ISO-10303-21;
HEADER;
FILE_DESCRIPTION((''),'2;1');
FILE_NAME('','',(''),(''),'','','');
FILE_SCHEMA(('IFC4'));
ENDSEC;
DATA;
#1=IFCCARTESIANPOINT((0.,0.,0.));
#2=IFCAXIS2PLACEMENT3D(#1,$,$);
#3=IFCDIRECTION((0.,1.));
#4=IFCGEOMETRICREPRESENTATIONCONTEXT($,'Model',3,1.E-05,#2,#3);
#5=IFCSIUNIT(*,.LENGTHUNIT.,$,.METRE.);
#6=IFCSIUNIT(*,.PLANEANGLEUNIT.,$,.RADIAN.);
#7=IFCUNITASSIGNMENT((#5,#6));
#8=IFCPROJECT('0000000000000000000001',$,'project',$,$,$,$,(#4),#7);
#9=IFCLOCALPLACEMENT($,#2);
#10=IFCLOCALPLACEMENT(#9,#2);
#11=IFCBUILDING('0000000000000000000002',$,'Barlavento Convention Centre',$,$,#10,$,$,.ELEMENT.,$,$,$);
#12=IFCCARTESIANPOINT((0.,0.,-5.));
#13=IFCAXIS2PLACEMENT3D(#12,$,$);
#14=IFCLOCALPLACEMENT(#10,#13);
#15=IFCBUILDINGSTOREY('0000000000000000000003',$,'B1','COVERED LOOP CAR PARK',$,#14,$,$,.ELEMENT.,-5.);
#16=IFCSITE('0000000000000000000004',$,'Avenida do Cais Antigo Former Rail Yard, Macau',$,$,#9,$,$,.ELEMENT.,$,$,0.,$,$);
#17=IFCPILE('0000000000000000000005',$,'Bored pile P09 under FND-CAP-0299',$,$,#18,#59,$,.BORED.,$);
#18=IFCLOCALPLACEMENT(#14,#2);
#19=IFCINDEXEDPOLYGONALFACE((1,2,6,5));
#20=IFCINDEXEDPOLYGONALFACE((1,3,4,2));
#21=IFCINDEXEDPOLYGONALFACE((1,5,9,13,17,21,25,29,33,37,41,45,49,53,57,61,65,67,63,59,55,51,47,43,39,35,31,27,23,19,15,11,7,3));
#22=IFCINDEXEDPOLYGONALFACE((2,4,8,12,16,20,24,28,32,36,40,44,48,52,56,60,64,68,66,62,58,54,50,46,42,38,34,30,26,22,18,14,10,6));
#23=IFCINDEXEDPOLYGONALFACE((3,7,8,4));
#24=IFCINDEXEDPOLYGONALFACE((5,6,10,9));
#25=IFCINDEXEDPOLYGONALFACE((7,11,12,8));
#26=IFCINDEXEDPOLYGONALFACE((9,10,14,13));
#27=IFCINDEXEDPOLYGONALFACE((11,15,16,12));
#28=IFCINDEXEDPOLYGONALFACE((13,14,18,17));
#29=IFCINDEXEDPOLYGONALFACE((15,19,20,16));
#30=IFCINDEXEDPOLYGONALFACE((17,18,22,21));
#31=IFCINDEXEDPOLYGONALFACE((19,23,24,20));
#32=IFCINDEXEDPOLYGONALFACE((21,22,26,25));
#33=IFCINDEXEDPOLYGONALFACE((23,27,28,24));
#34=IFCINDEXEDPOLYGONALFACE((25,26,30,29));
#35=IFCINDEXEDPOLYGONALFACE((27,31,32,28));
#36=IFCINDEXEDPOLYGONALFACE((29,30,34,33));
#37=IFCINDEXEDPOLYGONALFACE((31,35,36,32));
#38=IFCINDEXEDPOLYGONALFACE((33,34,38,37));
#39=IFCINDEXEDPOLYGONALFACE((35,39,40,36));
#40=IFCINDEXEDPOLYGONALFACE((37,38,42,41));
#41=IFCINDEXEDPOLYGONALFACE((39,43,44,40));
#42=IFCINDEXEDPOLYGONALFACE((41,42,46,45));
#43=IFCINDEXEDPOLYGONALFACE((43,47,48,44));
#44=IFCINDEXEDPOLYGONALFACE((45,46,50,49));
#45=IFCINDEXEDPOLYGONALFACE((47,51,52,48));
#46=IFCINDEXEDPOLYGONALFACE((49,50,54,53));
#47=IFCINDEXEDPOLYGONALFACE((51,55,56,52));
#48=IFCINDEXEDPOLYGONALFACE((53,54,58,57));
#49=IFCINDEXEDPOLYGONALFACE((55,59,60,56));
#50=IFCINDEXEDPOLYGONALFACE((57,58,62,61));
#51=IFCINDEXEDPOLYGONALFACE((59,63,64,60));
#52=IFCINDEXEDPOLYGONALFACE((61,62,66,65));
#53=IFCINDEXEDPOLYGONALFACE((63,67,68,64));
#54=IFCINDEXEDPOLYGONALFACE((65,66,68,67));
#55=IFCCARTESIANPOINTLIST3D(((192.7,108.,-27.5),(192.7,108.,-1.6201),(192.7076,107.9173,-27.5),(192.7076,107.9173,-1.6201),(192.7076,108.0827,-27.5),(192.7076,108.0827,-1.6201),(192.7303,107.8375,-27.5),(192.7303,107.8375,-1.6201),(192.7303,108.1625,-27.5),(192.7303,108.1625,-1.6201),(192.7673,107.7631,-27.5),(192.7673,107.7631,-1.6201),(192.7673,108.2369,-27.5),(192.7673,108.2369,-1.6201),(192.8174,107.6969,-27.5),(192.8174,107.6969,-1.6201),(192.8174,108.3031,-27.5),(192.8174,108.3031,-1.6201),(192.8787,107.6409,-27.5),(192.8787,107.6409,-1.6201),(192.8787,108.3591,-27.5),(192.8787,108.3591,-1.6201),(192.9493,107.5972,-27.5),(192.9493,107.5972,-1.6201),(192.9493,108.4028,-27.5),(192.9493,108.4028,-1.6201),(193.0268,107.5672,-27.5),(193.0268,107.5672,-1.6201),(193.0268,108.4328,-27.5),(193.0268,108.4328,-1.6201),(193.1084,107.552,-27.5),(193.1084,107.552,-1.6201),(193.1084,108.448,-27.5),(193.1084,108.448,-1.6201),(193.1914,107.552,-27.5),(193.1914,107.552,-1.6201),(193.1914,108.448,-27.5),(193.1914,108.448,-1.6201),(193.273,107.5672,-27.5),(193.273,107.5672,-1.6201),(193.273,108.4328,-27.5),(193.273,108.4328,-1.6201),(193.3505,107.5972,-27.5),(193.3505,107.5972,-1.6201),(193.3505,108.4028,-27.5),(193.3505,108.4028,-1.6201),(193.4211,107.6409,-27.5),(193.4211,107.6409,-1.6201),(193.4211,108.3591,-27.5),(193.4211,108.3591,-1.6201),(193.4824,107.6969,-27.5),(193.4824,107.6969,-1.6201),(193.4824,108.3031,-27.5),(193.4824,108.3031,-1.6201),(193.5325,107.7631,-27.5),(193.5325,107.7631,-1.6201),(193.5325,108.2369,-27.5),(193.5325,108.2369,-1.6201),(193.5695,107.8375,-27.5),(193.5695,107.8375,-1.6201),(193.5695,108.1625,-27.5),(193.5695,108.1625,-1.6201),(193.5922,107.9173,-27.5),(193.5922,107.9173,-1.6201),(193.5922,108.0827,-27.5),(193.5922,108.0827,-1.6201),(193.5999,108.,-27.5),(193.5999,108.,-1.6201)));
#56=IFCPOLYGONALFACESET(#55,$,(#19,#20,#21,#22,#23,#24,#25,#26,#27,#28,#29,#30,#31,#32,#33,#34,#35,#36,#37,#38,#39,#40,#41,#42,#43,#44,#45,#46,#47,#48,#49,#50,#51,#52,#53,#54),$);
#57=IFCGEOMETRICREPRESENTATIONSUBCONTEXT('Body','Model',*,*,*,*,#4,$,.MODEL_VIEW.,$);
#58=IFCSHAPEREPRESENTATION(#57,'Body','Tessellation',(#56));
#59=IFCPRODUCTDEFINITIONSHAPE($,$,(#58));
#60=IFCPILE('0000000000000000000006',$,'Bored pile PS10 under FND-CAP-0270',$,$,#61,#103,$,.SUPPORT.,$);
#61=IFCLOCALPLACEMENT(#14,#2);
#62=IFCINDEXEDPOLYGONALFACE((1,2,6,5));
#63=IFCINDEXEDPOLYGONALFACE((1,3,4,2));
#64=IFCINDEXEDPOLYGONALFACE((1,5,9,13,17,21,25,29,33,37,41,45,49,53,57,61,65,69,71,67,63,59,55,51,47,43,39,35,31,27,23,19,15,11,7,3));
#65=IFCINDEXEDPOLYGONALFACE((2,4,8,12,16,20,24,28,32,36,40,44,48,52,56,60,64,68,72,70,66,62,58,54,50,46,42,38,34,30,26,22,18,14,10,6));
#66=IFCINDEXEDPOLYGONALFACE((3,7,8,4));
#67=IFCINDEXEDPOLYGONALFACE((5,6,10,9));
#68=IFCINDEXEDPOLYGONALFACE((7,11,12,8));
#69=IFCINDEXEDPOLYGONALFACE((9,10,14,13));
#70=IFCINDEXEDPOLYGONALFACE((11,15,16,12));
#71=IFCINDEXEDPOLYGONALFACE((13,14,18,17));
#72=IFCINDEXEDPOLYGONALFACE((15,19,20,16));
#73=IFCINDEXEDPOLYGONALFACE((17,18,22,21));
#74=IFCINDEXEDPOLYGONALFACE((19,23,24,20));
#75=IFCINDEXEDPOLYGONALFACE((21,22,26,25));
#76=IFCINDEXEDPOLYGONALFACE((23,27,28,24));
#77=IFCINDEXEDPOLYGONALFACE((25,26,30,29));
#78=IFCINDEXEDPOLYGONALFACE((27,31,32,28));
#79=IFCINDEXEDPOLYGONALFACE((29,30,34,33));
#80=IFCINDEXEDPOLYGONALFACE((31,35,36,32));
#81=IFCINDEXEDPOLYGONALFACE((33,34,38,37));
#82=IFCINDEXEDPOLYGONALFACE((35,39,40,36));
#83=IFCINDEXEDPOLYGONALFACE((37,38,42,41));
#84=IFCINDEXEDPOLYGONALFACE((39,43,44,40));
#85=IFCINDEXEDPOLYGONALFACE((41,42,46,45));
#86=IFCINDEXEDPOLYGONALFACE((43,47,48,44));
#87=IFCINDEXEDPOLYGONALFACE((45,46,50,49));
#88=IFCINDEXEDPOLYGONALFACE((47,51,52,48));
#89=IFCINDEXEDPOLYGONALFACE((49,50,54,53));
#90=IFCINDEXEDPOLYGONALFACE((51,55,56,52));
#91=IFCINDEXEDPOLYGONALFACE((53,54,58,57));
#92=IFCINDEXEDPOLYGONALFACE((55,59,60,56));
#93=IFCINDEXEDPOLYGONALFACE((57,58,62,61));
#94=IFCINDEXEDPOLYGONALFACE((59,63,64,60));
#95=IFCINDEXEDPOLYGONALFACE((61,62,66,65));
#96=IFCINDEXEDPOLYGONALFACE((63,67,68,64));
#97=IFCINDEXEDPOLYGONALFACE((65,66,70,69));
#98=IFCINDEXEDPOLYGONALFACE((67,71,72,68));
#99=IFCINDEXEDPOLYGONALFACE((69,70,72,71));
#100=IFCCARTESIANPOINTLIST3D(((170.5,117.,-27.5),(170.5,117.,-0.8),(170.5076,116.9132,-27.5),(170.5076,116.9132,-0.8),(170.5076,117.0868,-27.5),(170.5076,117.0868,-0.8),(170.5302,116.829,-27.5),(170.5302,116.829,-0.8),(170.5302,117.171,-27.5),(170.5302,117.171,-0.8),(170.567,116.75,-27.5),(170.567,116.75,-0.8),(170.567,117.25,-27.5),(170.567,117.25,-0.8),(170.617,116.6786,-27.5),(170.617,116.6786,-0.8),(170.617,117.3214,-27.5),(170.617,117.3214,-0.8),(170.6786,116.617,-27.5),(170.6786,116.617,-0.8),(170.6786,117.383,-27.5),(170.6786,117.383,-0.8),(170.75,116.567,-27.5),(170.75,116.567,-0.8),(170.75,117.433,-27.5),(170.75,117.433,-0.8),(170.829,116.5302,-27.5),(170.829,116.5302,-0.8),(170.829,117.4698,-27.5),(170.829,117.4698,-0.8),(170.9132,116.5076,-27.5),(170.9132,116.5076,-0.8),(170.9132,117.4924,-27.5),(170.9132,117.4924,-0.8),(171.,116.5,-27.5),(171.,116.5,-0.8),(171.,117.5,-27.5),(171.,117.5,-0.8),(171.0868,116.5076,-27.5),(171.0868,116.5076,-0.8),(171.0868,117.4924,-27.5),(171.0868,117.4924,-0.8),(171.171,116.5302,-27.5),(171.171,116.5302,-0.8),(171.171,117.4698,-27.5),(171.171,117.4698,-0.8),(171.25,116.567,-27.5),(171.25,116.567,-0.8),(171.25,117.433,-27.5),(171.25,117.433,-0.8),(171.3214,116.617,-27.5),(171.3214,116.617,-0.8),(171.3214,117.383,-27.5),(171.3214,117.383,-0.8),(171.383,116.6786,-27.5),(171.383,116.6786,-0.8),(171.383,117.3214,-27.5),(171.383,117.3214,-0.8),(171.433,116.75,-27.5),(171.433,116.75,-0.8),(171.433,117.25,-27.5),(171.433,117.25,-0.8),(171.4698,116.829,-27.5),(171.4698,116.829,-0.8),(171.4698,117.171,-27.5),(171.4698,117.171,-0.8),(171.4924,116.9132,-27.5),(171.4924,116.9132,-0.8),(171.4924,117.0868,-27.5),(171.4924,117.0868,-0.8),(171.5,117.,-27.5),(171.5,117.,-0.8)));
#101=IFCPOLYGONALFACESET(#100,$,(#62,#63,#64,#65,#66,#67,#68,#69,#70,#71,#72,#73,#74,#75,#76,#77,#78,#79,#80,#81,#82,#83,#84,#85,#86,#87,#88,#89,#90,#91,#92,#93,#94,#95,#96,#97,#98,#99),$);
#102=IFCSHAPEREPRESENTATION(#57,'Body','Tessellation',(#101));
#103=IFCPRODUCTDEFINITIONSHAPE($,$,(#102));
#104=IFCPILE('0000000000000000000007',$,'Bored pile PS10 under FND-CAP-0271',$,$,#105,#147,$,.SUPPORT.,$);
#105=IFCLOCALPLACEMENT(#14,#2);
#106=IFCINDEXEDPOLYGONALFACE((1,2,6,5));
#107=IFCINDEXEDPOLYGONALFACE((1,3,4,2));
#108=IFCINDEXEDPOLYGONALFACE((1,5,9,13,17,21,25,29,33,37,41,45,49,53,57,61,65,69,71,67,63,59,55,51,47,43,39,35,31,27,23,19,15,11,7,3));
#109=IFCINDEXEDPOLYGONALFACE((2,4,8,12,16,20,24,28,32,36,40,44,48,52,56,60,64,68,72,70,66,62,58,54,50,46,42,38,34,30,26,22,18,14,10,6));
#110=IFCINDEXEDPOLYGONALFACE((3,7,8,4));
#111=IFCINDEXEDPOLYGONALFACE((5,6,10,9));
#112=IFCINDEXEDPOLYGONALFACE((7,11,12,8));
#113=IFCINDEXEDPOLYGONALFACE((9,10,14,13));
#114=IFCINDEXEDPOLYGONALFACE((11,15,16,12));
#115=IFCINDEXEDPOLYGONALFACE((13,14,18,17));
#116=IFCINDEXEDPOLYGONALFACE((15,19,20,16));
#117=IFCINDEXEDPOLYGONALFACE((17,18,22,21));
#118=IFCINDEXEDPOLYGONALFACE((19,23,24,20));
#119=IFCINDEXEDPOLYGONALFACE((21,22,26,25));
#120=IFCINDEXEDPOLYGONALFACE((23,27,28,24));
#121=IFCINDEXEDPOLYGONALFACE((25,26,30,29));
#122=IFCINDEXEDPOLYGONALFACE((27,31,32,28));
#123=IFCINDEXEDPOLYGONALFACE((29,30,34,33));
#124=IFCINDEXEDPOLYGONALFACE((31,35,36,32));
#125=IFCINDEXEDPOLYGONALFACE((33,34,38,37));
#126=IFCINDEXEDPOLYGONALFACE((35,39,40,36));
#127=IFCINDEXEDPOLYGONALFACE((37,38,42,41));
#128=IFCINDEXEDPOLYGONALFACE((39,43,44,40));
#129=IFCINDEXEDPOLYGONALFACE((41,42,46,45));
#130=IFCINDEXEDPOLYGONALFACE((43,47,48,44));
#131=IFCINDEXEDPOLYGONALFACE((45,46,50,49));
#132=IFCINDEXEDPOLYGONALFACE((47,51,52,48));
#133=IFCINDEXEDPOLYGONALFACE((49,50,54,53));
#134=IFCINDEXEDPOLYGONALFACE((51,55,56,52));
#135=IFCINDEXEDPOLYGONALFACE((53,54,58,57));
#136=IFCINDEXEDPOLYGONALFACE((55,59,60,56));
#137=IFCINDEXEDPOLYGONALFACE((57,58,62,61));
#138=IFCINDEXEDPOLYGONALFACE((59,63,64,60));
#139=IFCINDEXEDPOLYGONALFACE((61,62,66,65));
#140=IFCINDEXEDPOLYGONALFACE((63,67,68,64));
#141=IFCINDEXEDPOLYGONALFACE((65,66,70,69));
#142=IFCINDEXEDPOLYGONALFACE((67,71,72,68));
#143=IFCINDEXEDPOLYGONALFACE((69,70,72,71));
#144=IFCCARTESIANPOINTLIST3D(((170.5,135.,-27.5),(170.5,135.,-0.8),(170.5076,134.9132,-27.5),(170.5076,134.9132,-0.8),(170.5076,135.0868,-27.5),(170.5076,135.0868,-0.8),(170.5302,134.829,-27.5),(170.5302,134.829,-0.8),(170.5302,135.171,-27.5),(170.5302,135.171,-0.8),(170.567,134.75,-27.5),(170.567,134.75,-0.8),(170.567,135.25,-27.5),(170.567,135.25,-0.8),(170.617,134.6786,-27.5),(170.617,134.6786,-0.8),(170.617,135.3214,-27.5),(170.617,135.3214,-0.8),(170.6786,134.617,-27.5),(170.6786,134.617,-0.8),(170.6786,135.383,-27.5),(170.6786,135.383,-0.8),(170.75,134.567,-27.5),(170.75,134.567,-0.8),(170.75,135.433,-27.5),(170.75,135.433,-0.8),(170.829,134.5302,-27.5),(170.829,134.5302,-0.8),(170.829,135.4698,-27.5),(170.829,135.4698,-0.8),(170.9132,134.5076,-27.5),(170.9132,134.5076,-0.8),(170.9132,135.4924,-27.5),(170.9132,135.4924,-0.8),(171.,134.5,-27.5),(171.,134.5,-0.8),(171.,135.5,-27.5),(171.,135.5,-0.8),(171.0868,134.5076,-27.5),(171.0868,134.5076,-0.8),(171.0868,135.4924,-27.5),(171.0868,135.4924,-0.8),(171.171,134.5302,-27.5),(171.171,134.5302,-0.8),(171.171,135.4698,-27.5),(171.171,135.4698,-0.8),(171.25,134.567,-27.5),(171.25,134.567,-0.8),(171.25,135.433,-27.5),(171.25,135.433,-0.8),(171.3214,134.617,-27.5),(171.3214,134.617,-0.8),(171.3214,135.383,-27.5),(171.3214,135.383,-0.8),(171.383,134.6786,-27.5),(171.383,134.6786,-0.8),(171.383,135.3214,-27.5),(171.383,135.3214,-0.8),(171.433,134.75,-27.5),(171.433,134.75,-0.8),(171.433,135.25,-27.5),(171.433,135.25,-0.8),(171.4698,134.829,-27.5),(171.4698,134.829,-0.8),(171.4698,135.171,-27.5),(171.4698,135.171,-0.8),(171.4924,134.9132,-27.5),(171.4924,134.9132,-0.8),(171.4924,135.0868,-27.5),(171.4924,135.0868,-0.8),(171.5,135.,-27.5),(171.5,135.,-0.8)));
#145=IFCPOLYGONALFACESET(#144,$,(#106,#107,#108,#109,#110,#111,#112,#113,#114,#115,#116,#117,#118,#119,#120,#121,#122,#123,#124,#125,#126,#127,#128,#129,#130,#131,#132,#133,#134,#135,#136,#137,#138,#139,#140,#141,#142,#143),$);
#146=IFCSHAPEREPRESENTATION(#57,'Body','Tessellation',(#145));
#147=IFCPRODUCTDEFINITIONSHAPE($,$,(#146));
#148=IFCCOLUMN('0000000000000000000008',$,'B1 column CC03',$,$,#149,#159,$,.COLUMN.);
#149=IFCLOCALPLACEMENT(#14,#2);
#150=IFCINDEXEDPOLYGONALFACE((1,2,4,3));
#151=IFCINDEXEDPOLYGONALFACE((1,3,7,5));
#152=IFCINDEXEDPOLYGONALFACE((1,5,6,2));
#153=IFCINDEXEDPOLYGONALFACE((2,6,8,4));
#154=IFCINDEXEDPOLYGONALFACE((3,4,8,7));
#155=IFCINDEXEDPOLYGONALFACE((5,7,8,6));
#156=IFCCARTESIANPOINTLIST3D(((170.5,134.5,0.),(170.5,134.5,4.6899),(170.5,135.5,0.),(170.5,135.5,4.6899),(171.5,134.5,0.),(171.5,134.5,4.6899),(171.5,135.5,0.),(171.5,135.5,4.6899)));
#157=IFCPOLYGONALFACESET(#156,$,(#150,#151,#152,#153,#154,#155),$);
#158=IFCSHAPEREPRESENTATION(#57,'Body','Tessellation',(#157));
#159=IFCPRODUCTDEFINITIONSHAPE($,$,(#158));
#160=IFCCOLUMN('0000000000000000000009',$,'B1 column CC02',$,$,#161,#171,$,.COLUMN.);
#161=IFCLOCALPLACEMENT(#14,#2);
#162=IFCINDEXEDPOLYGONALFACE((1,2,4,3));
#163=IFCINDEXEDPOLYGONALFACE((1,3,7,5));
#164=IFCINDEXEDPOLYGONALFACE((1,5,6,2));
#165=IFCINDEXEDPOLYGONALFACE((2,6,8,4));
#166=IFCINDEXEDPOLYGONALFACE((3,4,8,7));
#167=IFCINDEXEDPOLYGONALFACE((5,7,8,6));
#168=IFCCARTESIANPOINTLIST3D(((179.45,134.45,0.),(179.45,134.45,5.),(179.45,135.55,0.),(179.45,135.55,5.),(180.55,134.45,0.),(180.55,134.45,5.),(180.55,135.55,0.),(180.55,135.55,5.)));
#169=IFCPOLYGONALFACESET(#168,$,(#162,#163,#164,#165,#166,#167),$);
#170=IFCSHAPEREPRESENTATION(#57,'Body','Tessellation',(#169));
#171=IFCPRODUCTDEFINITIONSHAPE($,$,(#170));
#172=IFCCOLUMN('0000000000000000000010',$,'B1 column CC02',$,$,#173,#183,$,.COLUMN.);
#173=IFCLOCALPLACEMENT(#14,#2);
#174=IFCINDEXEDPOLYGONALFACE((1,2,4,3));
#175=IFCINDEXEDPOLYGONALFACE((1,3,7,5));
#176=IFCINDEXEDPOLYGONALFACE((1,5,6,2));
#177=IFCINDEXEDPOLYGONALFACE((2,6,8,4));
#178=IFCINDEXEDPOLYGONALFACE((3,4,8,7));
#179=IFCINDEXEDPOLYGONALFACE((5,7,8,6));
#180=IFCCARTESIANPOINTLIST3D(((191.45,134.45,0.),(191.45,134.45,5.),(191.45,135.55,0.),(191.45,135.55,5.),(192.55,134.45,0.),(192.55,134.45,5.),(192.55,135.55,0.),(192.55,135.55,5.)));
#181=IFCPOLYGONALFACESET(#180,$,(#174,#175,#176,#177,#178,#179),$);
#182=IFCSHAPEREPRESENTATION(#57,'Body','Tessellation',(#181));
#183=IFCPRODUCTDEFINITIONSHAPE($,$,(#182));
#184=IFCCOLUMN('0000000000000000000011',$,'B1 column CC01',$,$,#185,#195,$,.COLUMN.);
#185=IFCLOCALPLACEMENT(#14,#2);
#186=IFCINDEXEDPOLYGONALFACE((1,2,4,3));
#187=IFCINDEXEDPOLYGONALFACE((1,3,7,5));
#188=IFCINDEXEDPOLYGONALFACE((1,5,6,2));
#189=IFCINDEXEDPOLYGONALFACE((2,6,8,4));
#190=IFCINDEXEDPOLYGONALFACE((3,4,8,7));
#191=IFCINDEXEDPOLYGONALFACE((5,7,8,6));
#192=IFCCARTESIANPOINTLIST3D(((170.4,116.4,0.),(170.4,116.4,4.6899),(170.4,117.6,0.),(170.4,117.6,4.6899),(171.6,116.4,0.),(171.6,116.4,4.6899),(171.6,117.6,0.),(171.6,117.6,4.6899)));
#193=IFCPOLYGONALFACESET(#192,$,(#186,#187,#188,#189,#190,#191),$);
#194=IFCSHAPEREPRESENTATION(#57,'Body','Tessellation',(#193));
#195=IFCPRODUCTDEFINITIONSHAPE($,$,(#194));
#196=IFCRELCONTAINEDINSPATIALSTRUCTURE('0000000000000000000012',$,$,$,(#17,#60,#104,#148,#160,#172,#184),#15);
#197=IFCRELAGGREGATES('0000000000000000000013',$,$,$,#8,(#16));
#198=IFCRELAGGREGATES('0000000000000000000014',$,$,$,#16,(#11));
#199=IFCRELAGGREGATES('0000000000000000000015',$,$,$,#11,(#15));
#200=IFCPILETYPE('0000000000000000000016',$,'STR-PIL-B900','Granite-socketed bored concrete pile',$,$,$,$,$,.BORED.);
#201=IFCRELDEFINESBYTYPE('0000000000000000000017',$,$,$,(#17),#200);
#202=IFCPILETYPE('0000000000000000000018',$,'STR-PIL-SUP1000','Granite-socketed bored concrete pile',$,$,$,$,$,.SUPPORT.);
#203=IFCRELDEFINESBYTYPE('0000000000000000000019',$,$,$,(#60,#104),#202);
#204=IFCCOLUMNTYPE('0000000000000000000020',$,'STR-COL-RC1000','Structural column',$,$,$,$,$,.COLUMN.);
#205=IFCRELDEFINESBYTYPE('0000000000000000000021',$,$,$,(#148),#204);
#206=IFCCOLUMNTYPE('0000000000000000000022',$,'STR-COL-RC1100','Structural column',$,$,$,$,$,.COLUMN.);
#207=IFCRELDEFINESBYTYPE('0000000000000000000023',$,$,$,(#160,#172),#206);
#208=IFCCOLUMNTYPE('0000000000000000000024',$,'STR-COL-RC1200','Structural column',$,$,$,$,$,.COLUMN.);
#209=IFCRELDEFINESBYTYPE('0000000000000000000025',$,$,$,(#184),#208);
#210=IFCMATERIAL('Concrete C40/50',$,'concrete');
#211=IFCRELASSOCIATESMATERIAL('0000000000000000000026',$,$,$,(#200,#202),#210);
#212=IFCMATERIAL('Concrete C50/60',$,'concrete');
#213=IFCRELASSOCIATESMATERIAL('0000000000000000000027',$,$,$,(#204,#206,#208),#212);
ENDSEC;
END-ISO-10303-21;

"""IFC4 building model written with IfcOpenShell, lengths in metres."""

from ifc_helpers import new_model, si_unit, direction, frame, origin, origin_2d, place, context, subcontext, project, spatial, rectangle, circle, extrude, material, material_profile, profile_set, type_object, element, save


model = new_model("IFC4")

# Units and contexts
model_context = context("Model", 3, precision=1e-05, world=origin(), true_north=direction((0.0, 1.0)))
body_context = subcontext(model_context, "Body", "Model", "MODEL_VIEW")
ifc_project = project(units=[si_unit("LENGTHUNIT", "METRE"), si_unit("PLANEANGLEUNIT", "RADIAN")], contexts=[model_context])

# Site, building, storey
site_placement = place(None, origin())
site = spatial("IfcSite", under=ifc_project, at=site_placement, Name="Avenida do Cais Antigo Former Rail Yard, Macau", CompositionType="ELEMENT", RefElevation=0.0)
building_placement = place(site_placement, origin())
building = spatial("IfcBuilding", under=site, at=building_placement, Name="Barlavento Convention Centre", CompositionType="ELEMENT")
storey_placement = place(building_placement, frame((0.0, 0.0, -5.0)))
storey = spatial("IfcBuildingStorey", under=building, at=storey_placement, Name="B1", Description="COVERED LOOP CAR PARK", CompositionType="ELEMENT", Elevation=-5.0)

# Shared definitions
ifc_material_1 = material(Name="Concrete C40/50", Category="concrete")

# Piles
ifc_material_profile_1 = material_profile(ifc_material_1, circle(Radius=0.45, at=origin_2d()), Name="BORED PILE 900")
ifc_profile_set_1 = profile_set([ifc_material_profile_1], Name="Concrete C40/50")
pile_type_1 = type_object("IfcPileType", Name="STR-PIL-B900", Description="Granite-socketed bored concrete pile", PredefinedType="BORED", material=ifc_profile_set_1)
pile_placement = place(storey_placement, frame((193.1499, 108.0, -1.6201), z_axis=(0.0, 0.0, -1.0), x_axis=(1.0, 0.0, 0.0)))
element("IfcPile", 1, at=pile_placement, inside=storey, type_object=pile_type_1, Name="Bored pile P09 under FND-CAP-0299", PredefinedType="BORED", context=body_context, shape_type="SweptSolid", body=[
    extrude(circle(Radius=0.45, at=origin_2d()), origin(), (0.0, 0.0, 1.0), 25.8799),
])
ifc_material_profile_2 = material_profile(ifc_material_1, circle(Radius=0.5, at=origin_2d()), Name="BORED PILE 1000")
ifc_profile_set_2 = profile_set([ifc_material_profile_2], Name="Concrete C40/50")
pile_type_2 = type_object("IfcPileType", Name="STR-PIL-SUP1000", Description="Granite-socketed bored concrete pile", PredefinedType="SUPPORT", material=ifc_profile_set_2)
for number, where, z_axis, x_axis, name in (
    (2, (171.0, 117.0, -0.8), (0.0, 0.0, -1.0), (1.0, 0.0, 0.0), "Bored pile PS10 under FND-CAP-0270"),
    (3, (171.0, 135.0, -0.8), (0.0, 0.0, -1.0), (1.0, 0.0, 0.0), "Bored pile PS10 under FND-CAP-0271"),
):
    element("IfcPile", number, at=place(storey_placement, frame(where, z_axis=z_axis, x_axis=x_axis)), inside=storey, type_object=pile_type_2, Name=name, PredefinedType="SUPPORT", context=body_context, shape_type="SweptSolid", body=[
        extrude(circle(Radius=0.5, at=origin_2d()), origin(), (0.0, 0.0, 1.0), 26.7),
    ])

# Columns
ifc_material_2 = material(Name="Concrete C50/60", Category="concrete")
ifc_material_profile_3 = material_profile(ifc_material_2, rectangle(XDim=1.0, YDim=1.0, at=origin_2d()), Name="RC 1000x1000")
ifc_profile_set_3 = profile_set([ifc_material_profile_3], Name="Concrete C50/60")
column_type_1 = type_object("IfcColumnType", Name="STR-COL-RC1000", Description="Structural column", PredefinedType="COLUMN", material=ifc_profile_set_3)
column_1_placement = place(storey_placement, frame((171.0, 135.0, 0.0), z_axis=(0.0, 0.0, 1.0), x_axis=(1.0, 0.0, 0.0)))
element("IfcColumn", 4, at=column_1_placement, inside=storey, type_object=column_type_1, Name="B1 column CC03", PredefinedType="COLUMN", context=body_context, shape_type="SweptSolid", body=[
    extrude(rectangle(XDim=1.0, YDim=1.0, at=origin_2d()), origin(), (0.0, 0.0, 1.0), 4.6899),
])
ifc_material_profile_4 = material_profile(ifc_material_2, rectangle(XDim=1.1001, YDim=1.1001, at=origin_2d()), Name="RC 1100x1100")
ifc_profile_set_4 = profile_set([ifc_material_profile_4], Name="Concrete C50/60")
column_type_2 = type_object("IfcColumnType", Name="STR-COL-RC1100", Description="Structural column", PredefinedType="COLUMN", material=ifc_profile_set_4)
for number, where, z_axis, x_axis, name in (
    (5, (180.0, 135.0, 0.0), (0.0, 0.0, 1.0), (1.0, 0.0, 0.0), "B1 column CC02"),
    (6, (192.0, 135.0, 0.0), (0.0, 0.0, 1.0), (1.0, 0.0, 0.0), "B1 column CC02"),
):
    element("IfcColumn", number, at=place(storey_placement, frame(where, z_axis=z_axis, x_axis=x_axis)), inside=storey, type_object=column_type_2, Name=name, PredefinedType="COLUMN", context=body_context, shape_type="SweptSolid", body=[
        extrude(rectangle(XDim=1.1001, YDim=1.1001, at=origin_2d()), origin(), (0.0, 0.0, 1.0), 5.0),
    ])
ifc_material_profile_5 = material_profile(ifc_material_2, rectangle(XDim=1.2, YDim=1.2, at=origin_2d()), Name="RC 1200x1200")
ifc_profile_set_5 = profile_set([ifc_material_profile_5], Name="Concrete C50/60")
column_type_3 = type_object("IfcColumnType", Name="STR-COL-RC1200", Description="Structural column", PredefinedType="COLUMN", material=ifc_profile_set_5)
column_2_placement = place(storey_placement, frame((171.0, 117.0, 0.0), z_axis=(0.0, 0.0, 1.0), x_axis=(1.0, 0.0, 0.0)))
element("IfcColumn", 7, at=column_2_placement, inside=storey, type_object=column_type_3, Name="B1 column CC01", PredefinedType="COLUMN", context=body_context, shape_type="SweptSolid", body=[
    extrude(rectangle(XDim=1.2, YDim=1.2, at=origin_2d()), origin(), (0.0, 0.0, 1.0), 4.6899),
])

save(model, "model.ifc")
